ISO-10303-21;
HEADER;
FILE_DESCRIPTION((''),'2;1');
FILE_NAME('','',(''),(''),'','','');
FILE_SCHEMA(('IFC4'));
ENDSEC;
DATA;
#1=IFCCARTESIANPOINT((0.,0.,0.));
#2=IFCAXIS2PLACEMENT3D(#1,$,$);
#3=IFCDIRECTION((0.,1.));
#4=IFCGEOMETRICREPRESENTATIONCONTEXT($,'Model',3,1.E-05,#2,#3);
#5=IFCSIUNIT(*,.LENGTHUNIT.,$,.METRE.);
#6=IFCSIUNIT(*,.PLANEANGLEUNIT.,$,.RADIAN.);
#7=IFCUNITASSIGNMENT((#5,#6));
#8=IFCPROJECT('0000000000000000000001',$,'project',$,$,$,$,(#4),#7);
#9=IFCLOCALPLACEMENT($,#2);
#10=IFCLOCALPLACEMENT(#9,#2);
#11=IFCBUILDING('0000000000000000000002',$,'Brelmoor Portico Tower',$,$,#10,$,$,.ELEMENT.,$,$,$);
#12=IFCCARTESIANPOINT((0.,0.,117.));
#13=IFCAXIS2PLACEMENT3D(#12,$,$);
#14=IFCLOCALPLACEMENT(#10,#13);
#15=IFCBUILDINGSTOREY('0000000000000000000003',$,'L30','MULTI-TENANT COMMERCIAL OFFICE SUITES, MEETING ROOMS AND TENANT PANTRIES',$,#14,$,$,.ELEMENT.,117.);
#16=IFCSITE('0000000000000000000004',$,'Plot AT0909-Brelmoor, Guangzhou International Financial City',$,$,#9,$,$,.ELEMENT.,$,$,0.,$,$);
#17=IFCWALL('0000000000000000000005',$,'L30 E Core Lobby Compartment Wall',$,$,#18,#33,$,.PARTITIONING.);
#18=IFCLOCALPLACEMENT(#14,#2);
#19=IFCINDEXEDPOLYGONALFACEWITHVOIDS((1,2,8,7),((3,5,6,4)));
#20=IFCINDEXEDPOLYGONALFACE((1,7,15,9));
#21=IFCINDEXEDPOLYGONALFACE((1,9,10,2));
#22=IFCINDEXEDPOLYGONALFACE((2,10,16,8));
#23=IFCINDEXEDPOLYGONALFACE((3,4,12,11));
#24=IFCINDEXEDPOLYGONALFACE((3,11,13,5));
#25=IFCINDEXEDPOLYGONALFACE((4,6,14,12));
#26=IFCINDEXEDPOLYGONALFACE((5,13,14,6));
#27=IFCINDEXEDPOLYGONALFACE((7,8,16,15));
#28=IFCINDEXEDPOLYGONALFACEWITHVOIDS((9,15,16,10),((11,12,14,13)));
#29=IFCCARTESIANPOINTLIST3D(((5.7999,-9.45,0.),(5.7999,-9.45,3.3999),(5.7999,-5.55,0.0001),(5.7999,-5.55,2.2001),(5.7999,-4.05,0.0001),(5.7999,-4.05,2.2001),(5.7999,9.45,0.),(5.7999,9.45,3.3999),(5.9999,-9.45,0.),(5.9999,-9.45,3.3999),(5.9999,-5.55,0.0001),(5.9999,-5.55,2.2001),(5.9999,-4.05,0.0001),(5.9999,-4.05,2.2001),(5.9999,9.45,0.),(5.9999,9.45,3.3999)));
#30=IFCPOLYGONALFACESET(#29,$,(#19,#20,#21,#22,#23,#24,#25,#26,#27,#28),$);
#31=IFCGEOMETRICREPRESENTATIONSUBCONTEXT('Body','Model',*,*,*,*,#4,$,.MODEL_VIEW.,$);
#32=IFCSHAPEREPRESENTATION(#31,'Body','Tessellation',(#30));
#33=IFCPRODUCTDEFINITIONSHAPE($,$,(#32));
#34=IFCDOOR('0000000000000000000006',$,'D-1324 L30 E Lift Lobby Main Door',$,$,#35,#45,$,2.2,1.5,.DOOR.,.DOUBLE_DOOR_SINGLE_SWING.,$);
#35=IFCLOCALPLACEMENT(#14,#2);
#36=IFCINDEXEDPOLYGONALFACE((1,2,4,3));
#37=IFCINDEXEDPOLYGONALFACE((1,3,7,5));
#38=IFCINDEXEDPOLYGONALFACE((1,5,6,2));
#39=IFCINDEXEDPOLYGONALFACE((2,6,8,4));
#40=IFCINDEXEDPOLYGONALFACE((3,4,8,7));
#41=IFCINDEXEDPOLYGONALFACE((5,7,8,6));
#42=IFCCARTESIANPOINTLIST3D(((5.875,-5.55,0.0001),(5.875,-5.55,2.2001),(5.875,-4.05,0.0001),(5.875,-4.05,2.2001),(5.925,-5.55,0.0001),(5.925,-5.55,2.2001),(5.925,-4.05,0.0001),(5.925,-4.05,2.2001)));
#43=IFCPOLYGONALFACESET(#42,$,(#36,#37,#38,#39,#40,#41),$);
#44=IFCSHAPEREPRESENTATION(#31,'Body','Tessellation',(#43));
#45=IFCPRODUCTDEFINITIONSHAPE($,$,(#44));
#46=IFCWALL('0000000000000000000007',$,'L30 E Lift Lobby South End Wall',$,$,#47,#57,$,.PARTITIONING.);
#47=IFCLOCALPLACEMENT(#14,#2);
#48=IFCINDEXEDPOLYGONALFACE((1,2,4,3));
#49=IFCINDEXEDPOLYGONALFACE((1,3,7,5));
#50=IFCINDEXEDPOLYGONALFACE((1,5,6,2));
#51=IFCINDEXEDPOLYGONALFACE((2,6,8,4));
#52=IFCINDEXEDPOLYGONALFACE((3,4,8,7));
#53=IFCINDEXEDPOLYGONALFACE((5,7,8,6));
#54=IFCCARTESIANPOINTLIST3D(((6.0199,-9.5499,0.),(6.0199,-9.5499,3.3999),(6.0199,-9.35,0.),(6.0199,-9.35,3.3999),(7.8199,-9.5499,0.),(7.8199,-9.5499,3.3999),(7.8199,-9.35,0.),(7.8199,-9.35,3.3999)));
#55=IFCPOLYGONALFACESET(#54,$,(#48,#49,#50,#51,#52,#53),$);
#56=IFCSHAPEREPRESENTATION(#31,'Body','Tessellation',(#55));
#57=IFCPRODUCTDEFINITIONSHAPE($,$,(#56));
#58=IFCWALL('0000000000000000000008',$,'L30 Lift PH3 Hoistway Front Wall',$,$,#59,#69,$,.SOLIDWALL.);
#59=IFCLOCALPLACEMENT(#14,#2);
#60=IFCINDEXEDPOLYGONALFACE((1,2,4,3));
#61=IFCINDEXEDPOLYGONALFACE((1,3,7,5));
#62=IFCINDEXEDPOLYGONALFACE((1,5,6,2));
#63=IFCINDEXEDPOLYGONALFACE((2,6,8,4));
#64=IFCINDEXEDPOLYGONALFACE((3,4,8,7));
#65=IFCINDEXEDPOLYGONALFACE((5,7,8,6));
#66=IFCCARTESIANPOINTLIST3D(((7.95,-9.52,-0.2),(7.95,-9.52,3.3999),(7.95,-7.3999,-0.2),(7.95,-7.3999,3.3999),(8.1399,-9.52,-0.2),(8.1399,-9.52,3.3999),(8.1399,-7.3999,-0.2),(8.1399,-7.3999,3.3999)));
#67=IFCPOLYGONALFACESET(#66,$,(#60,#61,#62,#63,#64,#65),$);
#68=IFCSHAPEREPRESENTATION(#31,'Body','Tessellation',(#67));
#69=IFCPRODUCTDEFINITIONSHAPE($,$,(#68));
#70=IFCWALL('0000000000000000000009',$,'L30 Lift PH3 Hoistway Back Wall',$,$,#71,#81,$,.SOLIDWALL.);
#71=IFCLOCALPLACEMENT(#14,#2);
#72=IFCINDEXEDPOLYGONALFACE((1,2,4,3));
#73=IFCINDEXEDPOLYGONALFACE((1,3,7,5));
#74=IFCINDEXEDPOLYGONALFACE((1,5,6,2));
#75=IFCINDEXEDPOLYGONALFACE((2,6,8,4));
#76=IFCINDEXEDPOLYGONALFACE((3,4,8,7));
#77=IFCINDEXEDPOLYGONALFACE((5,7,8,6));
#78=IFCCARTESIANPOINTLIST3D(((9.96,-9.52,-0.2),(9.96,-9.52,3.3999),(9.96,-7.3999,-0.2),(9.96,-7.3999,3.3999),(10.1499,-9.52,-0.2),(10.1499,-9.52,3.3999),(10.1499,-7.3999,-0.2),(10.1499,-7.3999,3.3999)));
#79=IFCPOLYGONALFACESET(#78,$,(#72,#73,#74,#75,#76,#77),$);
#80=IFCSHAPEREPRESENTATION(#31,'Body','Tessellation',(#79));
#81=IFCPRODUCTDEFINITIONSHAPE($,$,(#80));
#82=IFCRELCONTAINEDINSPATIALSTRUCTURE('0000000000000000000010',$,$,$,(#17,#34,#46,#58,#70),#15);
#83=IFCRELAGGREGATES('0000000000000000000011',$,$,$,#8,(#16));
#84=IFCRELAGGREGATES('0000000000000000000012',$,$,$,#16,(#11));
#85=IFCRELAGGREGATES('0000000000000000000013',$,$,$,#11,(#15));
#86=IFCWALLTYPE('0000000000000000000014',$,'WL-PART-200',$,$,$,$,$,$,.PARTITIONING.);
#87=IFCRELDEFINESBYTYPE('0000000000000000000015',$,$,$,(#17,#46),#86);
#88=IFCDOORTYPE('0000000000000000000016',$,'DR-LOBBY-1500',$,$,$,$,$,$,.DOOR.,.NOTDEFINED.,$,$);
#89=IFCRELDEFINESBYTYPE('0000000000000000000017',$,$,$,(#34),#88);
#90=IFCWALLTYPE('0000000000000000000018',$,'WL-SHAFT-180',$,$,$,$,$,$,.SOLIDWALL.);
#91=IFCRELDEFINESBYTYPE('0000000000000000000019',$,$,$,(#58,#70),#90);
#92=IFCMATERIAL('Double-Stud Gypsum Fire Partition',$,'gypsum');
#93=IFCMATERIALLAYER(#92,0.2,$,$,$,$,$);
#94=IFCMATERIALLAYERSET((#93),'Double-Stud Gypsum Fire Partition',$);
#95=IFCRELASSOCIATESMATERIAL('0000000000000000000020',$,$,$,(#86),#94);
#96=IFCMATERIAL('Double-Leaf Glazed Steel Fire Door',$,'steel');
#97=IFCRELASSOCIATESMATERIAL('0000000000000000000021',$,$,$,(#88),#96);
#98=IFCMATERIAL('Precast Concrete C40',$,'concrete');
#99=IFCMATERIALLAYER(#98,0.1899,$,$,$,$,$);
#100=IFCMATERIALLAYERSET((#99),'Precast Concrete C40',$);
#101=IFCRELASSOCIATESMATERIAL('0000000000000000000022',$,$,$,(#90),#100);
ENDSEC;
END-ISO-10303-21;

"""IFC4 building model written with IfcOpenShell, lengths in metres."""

from ifc_helpers import new_model, si_unit, direction, frame, frame_2d, origin, place, context, subcontext, project, spatial, rectangle, extrude, material, layer, layer_set, type_object, element, fill, save


model = new_model("IFC4")

# Units and contexts
model_context = context("Model", 3, precision=1e-05, world=origin(), true_north=direction((0.0, 1.0)))
body_context = subcontext(model_context, "Body", "Model", "MODEL_VIEW")
ifc_project = project(units=[si_unit("LENGTHUNIT", "METRE"), si_unit("PLANEANGLEUNIT", "RADIAN")], contexts=[model_context])

# Site, building, storey
site_placement = place(None, origin())
site = spatial("IfcSite", under=ifc_project, at=site_placement, Name="Plot AT0909-Brelmoor, Guangzhou International Financial City", CompositionType="ELEMENT", RefElevation=0.0)
building_placement = place(site_placement, origin())
building = spatial("IfcBuilding", under=site, at=building_placement, Name="Brelmoor Portico Tower", CompositionType="ELEMENT")
storey_placement = place(building_placement, frame((0.0, 0.0, 117.0)))
storey = spatial("IfcBuildingStorey", under=building, at=storey_placement, Name="L30", Description="MULTI-TENANT COMMERCIAL OFFICE SUITES, MEETING ROOMS AND TENANT PANTRIES", CompositionType="ELEMENT", Elevation=117.0)

# Wall, opening, door
ifc_material_1 = material(Name="Double-Stud Gypsum Fire Partition", Category="gypsum")
ifc_layer_1 = layer(ifc_material_1, 0.2)
ifc_layer_set_1 = layer_set([ifc_layer_1], Name="Double-Stud Gypsum Fire Partition")
wall_type_1 = type_object("IfcWallType", Name="WL-PART-200", PredefinedType="PARTITIONING", material=ifc_layer_set_1)
wall_1_placement = place(storey_placement, frame((5.8999, -9.45, 0.0), z_axis=(0.0, 0.0, 1.0), x_axis=(0.0, 1.0, 0.0)))
wall_1 = element("IfcWall", 1, at=wall_1_placement, inside=storey, type_object=wall_type_1, Name="L30 E Core Lobby Compartment Wall", PredefinedType="PARTITIONING", context=body_context, shape_type="SweptSolid", body=[
    extrude(rectangle(XDim=18.8999, YDim=0.2, at=frame_2d((9.45, 0.0))), origin(), (0.0, 0.0, 1.0), 3.3999),
])
opening_1_placement = place(wall_1_placement, frame((3.8999, 0.0, 0.0)))
opening_1 = element("IfcOpeningElement", 2, at=opening_1_placement, cuts=wall_1, PredefinedType="OPENING", context=body_context, shape_type="SweptSolid", body=[
    extrude(rectangle(XDim=1.5, YDim=2.2, at=frame_2d((0.75, 1.1001))), frame((0.0, 0.1099, 0.0), z_axis=(0.0, -1.0, 0.0), x_axis=(1.0, 0.0, 0.0)), (0.0, 0.0, 1.0), 0.22),
])
ifc_material_2 = material(Name="Double-Leaf Glazed Steel Fire Door", Category="steel")
door_type_1 = type_object("IfcDoorType", Name="DR-LOBBY-1500", OperationType="NOTDEFINED", PredefinedType="DOOR", material=ifc_material_2)
door_1_placement = place(opening_1_placement, origin())
door_1 = element("IfcDoor", 3, at=door_1_placement, inside=storey, type_object=door_type_1, Name="D-1324 L30 E Lift Lobby Main Door", OperationType="DOUBLE_DOOR_SINGLE_SWING", OverallHeight=2.2, OverallWidth=1.5, PredefinedType="DOOR", context=body_context, shape_type="SweptSolid", body=[
    extrude(rectangle(XDim=1.5, YDim=2.2, at=frame_2d((0.75, 1.1001))), frame((0.0, 0.0249, 0.0), z_axis=(0.0, -1.0, 0.0), x_axis=(1.0, 0.0, 0.0)), (0.0, 0.0, 1.0), 0.05),
])
fill(opening_1, door_1)

# Walls
wall_2_placement = place(storey_placement, frame((6.02, -9.45, 0.0), z_axis=(0.0, 0.0, 1.0), x_axis=(1.0, 0.0, 0.0)))
element("IfcWall", 4, at=wall_2_placement, inside=storey, type_object=wall_type_1, Name="L30 E Lift Lobby South End Wall", PredefinedType="PARTITIONING", context=body_context, shape_type="SweptSolid", body=[
    extrude(rectangle(XDim=1.8, YDim=0.2, at=frame_2d((0.8999, 0.0))), origin(), (0.0, 0.0, 1.0), 3.3999),
])
ifc_material_3 = material(Name="Precast Concrete C40", Category="concrete")
ifc_layer_2 = layer(ifc_material_3, 0.1899)
ifc_layer_set_2 = layer_set([ifc_layer_2], Name="Precast Concrete C40")
wall_type_2 = type_object("IfcWallType", Name="WL-SHAFT-180", PredefinedType="SOLIDWALL", material=ifc_layer_set_2)
for number, where, z_axis, x_axis, name in (
    (5, (8.0449, -9.52, -0.2), (0.0, 0.0, 1.0), (0.0, 1.0, 0.0), "L30 Lift PH3 Hoistway Front Wall"),
    (6, (10.0549, -9.52, -0.2), (0.0, 0.0, 1.0), (0.0, 1.0, 0.0), "L30 Lift PH3 Hoistway Back Wall"),
):
    element("IfcWall", number, at=place(storey_placement, frame(where, z_axis=z_axis, x_axis=x_axis)), inside=storey, type_object=wall_type_2, Name=name, PredefinedType="SOLIDWALL", context=body_context, shape_type="SweptSolid", body=[
        extrude(rectangle(XDim=2.1201, YDim=0.1899, at=frame_2d((1.0601, 0.0))), origin(), (0.0, 0.0, 1.0), 3.5999),
    ])

save(model, "model.ifc")
